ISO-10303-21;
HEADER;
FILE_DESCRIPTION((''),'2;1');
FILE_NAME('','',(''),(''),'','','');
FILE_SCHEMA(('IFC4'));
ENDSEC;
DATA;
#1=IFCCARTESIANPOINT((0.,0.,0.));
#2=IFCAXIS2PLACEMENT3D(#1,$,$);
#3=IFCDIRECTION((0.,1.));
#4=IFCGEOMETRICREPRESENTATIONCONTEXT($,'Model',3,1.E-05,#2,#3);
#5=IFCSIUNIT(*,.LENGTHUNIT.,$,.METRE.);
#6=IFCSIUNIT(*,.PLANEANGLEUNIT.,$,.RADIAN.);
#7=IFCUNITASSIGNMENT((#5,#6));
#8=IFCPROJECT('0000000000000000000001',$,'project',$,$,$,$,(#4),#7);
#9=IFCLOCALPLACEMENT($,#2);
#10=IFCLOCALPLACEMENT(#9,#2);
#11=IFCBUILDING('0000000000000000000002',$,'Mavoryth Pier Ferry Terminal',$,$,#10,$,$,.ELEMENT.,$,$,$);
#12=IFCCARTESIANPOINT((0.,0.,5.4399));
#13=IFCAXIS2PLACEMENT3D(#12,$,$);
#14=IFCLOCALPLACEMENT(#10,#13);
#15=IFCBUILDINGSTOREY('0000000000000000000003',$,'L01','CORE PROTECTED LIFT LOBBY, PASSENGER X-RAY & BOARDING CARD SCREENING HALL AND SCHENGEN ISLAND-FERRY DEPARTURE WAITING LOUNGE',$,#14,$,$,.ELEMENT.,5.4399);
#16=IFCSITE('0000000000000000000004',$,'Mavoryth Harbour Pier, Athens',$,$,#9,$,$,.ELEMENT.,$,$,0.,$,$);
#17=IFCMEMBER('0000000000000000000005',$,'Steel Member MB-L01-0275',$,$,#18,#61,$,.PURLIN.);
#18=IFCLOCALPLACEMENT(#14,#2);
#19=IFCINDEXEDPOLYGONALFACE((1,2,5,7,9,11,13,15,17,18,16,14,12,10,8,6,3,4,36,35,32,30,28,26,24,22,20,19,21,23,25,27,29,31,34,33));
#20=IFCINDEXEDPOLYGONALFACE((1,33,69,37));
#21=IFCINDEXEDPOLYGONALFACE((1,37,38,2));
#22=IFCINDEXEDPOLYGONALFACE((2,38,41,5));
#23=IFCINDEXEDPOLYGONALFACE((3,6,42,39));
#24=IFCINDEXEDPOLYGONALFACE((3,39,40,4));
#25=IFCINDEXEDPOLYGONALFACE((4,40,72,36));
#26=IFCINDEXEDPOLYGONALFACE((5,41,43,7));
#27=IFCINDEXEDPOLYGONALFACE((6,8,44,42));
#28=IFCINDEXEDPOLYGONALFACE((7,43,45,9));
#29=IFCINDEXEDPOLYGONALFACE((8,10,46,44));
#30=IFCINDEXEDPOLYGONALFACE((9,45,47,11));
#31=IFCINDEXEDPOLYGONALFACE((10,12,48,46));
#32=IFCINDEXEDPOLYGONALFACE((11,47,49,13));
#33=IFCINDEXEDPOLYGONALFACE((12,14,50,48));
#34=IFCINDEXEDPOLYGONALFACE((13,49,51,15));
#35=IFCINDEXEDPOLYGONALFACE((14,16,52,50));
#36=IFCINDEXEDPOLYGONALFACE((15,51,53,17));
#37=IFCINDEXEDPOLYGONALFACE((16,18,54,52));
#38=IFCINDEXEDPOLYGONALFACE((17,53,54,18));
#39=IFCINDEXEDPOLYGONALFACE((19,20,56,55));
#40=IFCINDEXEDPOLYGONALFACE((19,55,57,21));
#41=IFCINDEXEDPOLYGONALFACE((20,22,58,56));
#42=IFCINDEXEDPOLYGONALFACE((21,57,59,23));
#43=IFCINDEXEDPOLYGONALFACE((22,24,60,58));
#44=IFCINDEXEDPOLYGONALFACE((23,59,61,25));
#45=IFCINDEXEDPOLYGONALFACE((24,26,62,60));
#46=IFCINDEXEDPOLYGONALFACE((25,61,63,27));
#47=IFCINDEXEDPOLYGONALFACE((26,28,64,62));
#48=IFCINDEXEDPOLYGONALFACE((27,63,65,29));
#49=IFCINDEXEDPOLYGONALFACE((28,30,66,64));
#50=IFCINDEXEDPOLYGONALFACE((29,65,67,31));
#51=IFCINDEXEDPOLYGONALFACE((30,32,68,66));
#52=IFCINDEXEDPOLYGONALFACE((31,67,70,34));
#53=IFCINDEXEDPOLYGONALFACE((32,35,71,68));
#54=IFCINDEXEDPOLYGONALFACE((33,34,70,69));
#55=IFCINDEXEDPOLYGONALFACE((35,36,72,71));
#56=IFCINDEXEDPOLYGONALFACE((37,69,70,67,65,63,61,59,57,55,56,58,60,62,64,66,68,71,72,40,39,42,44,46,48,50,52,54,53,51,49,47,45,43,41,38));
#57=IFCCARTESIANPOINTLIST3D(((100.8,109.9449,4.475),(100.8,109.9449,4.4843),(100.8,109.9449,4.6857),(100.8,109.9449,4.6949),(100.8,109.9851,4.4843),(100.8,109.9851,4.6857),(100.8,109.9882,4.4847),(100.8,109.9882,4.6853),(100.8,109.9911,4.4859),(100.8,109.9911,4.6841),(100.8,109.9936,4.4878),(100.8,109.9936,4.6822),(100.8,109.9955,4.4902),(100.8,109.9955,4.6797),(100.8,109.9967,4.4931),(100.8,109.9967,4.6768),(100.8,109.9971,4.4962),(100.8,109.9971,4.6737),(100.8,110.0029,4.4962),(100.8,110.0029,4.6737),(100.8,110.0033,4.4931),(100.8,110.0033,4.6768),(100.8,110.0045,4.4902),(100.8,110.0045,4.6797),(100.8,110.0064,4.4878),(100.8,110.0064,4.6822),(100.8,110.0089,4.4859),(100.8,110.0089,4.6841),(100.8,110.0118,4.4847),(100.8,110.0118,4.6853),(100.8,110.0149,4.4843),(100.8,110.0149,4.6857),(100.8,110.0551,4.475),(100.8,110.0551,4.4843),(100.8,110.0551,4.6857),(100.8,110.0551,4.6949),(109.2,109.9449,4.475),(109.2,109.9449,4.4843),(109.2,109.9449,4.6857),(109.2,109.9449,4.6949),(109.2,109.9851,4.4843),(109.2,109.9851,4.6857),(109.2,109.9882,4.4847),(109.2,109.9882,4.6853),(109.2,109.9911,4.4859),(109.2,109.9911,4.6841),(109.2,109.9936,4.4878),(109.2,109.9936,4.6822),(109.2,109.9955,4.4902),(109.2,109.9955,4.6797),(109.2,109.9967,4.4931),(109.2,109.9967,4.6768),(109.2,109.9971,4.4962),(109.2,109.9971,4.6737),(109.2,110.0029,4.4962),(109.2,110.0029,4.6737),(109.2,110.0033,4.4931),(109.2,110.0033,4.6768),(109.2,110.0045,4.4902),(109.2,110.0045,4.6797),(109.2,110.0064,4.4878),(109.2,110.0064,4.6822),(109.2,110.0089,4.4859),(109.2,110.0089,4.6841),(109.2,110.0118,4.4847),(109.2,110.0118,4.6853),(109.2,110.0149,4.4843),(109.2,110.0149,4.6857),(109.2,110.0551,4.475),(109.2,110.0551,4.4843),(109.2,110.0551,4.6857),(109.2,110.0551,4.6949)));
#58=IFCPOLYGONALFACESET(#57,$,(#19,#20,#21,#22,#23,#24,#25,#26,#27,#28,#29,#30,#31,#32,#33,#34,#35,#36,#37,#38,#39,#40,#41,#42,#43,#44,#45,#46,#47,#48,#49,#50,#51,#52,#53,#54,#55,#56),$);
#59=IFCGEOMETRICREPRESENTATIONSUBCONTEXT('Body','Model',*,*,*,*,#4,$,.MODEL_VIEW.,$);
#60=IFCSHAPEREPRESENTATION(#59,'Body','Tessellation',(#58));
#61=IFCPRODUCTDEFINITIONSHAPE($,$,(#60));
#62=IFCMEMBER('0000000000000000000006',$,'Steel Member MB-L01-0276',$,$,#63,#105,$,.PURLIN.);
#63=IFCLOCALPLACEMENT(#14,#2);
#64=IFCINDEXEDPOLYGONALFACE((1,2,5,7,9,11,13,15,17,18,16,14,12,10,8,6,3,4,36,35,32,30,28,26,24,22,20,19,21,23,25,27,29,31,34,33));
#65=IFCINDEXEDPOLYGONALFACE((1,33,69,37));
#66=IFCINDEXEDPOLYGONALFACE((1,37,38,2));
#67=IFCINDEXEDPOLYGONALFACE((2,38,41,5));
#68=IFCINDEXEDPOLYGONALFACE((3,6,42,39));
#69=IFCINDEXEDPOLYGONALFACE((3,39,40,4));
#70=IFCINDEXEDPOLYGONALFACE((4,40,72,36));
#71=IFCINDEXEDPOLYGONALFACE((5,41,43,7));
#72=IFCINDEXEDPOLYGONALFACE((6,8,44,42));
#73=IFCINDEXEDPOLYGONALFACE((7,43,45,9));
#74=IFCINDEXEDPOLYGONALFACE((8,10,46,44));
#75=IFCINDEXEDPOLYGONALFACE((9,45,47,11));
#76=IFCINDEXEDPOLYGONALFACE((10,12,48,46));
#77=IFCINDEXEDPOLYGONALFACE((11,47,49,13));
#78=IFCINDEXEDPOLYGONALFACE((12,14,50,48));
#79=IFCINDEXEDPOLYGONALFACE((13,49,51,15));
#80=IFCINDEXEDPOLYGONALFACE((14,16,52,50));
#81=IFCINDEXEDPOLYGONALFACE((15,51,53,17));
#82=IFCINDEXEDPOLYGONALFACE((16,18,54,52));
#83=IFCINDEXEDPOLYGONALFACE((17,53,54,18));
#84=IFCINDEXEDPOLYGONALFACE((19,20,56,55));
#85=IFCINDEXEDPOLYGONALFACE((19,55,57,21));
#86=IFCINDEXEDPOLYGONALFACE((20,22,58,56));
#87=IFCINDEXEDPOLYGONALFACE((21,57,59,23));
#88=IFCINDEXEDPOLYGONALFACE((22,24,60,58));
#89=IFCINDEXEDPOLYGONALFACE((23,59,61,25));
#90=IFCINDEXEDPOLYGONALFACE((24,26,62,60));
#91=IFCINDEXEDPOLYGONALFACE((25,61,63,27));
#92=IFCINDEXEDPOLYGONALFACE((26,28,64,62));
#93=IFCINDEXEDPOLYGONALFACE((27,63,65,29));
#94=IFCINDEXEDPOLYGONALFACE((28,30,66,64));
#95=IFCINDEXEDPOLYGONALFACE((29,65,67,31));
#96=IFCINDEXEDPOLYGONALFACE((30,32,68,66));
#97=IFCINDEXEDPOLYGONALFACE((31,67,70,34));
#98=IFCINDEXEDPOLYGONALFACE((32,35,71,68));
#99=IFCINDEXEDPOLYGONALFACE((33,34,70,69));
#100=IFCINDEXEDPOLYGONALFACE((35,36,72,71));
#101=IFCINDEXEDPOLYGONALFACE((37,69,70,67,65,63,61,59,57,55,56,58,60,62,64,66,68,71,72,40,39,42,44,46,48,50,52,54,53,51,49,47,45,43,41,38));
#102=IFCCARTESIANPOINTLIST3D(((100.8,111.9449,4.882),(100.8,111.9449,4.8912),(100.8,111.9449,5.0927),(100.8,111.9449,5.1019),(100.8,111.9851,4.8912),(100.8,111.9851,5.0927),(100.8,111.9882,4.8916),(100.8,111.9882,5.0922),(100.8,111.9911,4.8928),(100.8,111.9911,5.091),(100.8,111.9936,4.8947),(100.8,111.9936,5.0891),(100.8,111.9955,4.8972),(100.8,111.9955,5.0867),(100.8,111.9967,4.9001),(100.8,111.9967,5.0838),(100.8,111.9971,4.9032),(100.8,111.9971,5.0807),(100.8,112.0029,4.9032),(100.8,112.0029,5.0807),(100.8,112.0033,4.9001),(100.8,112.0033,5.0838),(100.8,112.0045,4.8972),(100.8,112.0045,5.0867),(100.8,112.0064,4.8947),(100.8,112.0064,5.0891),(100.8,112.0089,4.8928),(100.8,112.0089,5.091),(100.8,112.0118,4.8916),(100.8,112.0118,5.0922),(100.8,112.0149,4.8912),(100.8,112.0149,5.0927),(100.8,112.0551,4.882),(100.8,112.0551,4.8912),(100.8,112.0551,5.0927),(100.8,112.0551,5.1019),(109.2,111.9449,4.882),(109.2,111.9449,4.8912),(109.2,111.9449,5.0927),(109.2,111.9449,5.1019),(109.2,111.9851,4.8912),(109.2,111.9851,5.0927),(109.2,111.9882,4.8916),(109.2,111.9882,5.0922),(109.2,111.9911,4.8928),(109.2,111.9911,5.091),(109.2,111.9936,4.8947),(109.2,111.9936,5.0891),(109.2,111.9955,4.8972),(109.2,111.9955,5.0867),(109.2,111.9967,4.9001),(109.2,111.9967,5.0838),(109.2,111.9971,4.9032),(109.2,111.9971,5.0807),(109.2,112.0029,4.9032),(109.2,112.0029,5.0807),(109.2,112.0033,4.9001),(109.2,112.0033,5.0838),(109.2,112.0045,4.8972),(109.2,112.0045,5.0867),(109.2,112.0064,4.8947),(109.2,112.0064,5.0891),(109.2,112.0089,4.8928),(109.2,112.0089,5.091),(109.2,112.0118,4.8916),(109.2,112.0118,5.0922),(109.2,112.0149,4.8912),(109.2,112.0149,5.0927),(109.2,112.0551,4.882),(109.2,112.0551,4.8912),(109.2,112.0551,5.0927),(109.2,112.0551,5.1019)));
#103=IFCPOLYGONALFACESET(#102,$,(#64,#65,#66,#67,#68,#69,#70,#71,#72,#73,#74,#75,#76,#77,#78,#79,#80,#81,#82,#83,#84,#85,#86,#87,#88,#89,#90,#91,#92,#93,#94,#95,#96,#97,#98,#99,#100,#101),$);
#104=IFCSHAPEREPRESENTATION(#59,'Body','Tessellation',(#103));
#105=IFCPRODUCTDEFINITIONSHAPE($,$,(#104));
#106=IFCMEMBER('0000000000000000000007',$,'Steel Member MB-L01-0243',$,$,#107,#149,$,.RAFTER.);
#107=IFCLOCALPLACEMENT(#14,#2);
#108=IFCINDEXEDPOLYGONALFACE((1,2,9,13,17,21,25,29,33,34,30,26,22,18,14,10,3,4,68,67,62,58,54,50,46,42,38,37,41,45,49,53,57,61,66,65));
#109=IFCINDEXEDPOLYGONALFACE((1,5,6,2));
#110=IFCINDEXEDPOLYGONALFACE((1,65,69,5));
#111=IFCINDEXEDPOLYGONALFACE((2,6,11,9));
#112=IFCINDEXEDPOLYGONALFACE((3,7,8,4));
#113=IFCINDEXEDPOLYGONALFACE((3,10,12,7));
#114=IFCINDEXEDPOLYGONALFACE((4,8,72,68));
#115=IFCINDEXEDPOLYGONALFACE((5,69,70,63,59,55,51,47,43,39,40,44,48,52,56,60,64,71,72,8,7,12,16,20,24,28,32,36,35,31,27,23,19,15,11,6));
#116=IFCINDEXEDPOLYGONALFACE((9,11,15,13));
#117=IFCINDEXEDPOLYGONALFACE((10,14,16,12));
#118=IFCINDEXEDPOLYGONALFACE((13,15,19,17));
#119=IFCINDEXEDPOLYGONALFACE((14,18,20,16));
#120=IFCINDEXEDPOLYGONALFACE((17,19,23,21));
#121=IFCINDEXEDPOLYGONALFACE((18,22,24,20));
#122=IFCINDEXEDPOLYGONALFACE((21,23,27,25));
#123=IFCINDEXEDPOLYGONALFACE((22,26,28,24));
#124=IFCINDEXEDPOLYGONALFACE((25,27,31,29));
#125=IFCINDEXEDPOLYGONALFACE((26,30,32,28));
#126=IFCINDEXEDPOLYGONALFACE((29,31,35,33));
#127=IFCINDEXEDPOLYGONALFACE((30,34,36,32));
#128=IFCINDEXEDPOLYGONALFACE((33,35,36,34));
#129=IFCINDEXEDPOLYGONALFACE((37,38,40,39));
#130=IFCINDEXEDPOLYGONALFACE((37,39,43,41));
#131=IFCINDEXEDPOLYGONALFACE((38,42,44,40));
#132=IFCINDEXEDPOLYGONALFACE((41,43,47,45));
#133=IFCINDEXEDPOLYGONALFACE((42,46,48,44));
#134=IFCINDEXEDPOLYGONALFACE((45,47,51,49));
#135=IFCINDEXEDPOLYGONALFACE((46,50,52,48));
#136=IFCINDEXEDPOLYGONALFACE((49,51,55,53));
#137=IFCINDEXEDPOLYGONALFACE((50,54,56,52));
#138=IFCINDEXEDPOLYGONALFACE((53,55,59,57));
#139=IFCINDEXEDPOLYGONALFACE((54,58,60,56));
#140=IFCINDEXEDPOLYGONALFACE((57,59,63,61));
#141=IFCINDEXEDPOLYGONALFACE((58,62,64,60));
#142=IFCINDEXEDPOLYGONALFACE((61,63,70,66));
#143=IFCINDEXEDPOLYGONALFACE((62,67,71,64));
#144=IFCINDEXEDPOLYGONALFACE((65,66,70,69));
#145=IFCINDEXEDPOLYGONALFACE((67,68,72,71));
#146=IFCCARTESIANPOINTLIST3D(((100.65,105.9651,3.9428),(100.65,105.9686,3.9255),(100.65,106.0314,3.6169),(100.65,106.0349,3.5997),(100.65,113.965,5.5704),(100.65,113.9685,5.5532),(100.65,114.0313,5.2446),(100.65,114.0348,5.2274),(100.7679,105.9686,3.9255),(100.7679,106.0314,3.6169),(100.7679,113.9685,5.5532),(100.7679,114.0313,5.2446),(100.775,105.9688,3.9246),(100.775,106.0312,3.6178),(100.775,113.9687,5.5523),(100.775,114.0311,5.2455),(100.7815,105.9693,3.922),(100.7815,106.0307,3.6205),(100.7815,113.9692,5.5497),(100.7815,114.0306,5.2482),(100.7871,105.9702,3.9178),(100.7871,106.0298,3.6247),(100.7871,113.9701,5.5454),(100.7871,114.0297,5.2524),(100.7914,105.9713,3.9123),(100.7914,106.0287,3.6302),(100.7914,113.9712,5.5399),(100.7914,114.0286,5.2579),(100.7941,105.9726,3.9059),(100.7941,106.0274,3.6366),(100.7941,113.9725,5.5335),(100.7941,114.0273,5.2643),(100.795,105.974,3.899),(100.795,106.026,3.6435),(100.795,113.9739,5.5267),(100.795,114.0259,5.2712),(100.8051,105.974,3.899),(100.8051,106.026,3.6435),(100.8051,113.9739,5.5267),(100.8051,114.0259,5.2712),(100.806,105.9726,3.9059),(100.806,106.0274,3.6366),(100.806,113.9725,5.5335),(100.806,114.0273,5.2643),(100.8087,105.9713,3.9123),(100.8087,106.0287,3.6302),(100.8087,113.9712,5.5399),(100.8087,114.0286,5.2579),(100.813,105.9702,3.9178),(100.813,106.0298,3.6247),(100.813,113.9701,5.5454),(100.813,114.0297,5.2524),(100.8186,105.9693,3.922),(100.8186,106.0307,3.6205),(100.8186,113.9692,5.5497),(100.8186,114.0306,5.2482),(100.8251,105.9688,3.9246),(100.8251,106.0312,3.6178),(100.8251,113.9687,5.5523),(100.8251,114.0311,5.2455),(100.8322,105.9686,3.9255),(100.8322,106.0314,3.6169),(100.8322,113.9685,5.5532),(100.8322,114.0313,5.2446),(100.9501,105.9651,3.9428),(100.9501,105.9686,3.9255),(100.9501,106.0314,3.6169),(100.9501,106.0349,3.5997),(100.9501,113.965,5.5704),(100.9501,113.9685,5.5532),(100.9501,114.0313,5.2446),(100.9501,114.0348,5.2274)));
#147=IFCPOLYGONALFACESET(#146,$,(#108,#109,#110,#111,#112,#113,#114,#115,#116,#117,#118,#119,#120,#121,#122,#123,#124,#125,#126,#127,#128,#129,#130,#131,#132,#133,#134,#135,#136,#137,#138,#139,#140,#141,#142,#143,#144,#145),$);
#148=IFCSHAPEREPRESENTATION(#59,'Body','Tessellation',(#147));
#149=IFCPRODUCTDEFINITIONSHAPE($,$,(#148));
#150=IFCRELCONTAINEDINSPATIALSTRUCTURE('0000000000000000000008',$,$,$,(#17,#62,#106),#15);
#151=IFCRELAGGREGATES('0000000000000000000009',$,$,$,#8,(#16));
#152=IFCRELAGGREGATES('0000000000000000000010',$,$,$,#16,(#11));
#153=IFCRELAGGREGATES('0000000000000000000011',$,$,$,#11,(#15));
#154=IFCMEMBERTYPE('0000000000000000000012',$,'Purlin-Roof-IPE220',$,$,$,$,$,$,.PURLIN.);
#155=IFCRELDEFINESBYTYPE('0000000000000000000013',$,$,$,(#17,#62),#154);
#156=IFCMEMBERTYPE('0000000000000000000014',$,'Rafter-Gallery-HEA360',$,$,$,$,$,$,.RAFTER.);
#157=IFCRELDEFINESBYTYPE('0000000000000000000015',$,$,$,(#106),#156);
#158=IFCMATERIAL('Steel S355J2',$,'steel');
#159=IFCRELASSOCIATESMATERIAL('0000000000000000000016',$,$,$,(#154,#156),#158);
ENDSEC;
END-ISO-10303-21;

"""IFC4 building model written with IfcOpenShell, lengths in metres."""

from ifc_helpers import new_model, si_unit, direction, frame, origin, origin_2d, place, context, subcontext, project, spatial, i_section, extrude, material, material_profile, profile_set, type_object, element, save


model = new_model("IFC4")

# Units and contexts
model_context = context("Model", 3, precision=1e-05, world=origin(), true_north=direction((0.0, 1.0)))
body_context = subcontext(model_context, "Body", "Model", "MODEL_VIEW")
ifc_project = project(units=[si_unit("LENGTHUNIT", "METRE"), si_unit("PLANEANGLEUNIT", "RADIAN")], contexts=[model_context])

# Site, building, storey
site_placement = place(None, origin())
site = spatial("IfcSite", under=ifc_project, at=site_placement, Name="Mavoryth Harbour Pier, Athens", CompositionType="ELEMENT", RefElevation=0.0)
building_placement = place(site_placement, origin())
building = spatial("IfcBuilding", under=site, at=building_placement, Name="Mavoryth Pier Ferry Terminal", CompositionType="ELEMENT")
storey_placement = place(building_placement, frame((0.0, 0.0, 5.4399)))
storey = spatial("IfcBuildingStorey", under=building, at=storey_placement, Name="L01", Description="CORE PROTECTED LIFT LOBBY, PASSENGER X-RAY & BOARDING CARD SCREENING HALL AND SCHENGEN ISLAND-FERRY DEPARTURE WAITING LOUNGE", CompositionType="ELEMENT", Elevation=5.4399)

# Shared definitions
ifc_material_1 = material(Name="Steel S355J2", Category="steel")

# Members
ifc_material_profile_1 = material_profile(ifc_material_1, i_section(OverallWidth=0.1101, OverallDepth=0.22, WebThickness=0.0059, FlangeThickness=0.0093, FilletRadius=0.012, at=origin_2d()), Name="IPE 220", Category="steel")
ifc_profile_set_1 = profile_set([ifc_material_profile_1], Name="Steel S355J2 - IPE 220")
member_type_1 = type_object("IfcMemberType", Name="Purlin-Roof-IPE220", PredefinedType="PURLIN", material=ifc_profile_set_1)
for number, where, z_axis, x_axis, name in (
    (1, (100.8, 110.0, 4.585), (1.0, 0.0, 0.0), (0.0, 1.0, 0.0), "Steel Member MB-L01-0275"),
    (2, (100.8, 112.0, 4.9919), (1.0, 0.0, 0.0), (0.0, 1.0, 0.0), "Steel Member MB-L01-0276"),
):
    element("IfcMember", number, at=place(storey_placement, frame(where, z_axis=z_axis, x_axis=x_axis)), inside=storey, type_object=member_type_1, Name=name, PredefinedType="PURLIN", context=body_context, shape_type="SweptSolid", body=[
        extrude(i_section(OverallWidth=0.1101, OverallDepth=0.22, WebThickness=0.0059, FlangeThickness=0.0093, FilletRadius=0.012, at=origin_2d()), origin(), (0.0, 0.0, 1.0), 8.3999),
    ])
ifc_material_profile_2 = material_profile(ifc_material_1, i_section(OverallWidth=0.3, OverallDepth=0.3501, WebThickness=0.01, FlangeThickness=0.0176, FilletRadius=0.0271, at=origin_2d()), Name="HEA 360", Category="steel")
ifc_profile_set_2 = profile_set([ifc_material_profile_2], Name="Steel S355J2 - HEA 360")
member_type_2 = type_object("IfcMemberType", Name="Rafter-Gallery-HEA360", PredefinedType="RAFTER", material=ifc_profile_set_2)
member_1_placement = place(storey_placement, frame((100.8, 106.0, 3.7712), z_axis=(0.0, 0.979923, 0.199376), x_axis=(-1.0, 0.0, 0.0)))
element("IfcMember", 3, at=member_1_placement, inside=storey, type_object=member_type_2, Name="Steel Member MB-L01-0243", PredefinedType="RAFTER", context=body_context, shape_type="SweptSolid", body=[
    extrude(i_section(OverallWidth=0.3, OverallDepth=0.3501, WebThickness=0.01, FlangeThickness=0.0176, FilletRadius=0.0271, at=origin_2d()), origin(), (0.0, 0.0, 1.0), 8.1638),
])

save(model, "model.ifc")
